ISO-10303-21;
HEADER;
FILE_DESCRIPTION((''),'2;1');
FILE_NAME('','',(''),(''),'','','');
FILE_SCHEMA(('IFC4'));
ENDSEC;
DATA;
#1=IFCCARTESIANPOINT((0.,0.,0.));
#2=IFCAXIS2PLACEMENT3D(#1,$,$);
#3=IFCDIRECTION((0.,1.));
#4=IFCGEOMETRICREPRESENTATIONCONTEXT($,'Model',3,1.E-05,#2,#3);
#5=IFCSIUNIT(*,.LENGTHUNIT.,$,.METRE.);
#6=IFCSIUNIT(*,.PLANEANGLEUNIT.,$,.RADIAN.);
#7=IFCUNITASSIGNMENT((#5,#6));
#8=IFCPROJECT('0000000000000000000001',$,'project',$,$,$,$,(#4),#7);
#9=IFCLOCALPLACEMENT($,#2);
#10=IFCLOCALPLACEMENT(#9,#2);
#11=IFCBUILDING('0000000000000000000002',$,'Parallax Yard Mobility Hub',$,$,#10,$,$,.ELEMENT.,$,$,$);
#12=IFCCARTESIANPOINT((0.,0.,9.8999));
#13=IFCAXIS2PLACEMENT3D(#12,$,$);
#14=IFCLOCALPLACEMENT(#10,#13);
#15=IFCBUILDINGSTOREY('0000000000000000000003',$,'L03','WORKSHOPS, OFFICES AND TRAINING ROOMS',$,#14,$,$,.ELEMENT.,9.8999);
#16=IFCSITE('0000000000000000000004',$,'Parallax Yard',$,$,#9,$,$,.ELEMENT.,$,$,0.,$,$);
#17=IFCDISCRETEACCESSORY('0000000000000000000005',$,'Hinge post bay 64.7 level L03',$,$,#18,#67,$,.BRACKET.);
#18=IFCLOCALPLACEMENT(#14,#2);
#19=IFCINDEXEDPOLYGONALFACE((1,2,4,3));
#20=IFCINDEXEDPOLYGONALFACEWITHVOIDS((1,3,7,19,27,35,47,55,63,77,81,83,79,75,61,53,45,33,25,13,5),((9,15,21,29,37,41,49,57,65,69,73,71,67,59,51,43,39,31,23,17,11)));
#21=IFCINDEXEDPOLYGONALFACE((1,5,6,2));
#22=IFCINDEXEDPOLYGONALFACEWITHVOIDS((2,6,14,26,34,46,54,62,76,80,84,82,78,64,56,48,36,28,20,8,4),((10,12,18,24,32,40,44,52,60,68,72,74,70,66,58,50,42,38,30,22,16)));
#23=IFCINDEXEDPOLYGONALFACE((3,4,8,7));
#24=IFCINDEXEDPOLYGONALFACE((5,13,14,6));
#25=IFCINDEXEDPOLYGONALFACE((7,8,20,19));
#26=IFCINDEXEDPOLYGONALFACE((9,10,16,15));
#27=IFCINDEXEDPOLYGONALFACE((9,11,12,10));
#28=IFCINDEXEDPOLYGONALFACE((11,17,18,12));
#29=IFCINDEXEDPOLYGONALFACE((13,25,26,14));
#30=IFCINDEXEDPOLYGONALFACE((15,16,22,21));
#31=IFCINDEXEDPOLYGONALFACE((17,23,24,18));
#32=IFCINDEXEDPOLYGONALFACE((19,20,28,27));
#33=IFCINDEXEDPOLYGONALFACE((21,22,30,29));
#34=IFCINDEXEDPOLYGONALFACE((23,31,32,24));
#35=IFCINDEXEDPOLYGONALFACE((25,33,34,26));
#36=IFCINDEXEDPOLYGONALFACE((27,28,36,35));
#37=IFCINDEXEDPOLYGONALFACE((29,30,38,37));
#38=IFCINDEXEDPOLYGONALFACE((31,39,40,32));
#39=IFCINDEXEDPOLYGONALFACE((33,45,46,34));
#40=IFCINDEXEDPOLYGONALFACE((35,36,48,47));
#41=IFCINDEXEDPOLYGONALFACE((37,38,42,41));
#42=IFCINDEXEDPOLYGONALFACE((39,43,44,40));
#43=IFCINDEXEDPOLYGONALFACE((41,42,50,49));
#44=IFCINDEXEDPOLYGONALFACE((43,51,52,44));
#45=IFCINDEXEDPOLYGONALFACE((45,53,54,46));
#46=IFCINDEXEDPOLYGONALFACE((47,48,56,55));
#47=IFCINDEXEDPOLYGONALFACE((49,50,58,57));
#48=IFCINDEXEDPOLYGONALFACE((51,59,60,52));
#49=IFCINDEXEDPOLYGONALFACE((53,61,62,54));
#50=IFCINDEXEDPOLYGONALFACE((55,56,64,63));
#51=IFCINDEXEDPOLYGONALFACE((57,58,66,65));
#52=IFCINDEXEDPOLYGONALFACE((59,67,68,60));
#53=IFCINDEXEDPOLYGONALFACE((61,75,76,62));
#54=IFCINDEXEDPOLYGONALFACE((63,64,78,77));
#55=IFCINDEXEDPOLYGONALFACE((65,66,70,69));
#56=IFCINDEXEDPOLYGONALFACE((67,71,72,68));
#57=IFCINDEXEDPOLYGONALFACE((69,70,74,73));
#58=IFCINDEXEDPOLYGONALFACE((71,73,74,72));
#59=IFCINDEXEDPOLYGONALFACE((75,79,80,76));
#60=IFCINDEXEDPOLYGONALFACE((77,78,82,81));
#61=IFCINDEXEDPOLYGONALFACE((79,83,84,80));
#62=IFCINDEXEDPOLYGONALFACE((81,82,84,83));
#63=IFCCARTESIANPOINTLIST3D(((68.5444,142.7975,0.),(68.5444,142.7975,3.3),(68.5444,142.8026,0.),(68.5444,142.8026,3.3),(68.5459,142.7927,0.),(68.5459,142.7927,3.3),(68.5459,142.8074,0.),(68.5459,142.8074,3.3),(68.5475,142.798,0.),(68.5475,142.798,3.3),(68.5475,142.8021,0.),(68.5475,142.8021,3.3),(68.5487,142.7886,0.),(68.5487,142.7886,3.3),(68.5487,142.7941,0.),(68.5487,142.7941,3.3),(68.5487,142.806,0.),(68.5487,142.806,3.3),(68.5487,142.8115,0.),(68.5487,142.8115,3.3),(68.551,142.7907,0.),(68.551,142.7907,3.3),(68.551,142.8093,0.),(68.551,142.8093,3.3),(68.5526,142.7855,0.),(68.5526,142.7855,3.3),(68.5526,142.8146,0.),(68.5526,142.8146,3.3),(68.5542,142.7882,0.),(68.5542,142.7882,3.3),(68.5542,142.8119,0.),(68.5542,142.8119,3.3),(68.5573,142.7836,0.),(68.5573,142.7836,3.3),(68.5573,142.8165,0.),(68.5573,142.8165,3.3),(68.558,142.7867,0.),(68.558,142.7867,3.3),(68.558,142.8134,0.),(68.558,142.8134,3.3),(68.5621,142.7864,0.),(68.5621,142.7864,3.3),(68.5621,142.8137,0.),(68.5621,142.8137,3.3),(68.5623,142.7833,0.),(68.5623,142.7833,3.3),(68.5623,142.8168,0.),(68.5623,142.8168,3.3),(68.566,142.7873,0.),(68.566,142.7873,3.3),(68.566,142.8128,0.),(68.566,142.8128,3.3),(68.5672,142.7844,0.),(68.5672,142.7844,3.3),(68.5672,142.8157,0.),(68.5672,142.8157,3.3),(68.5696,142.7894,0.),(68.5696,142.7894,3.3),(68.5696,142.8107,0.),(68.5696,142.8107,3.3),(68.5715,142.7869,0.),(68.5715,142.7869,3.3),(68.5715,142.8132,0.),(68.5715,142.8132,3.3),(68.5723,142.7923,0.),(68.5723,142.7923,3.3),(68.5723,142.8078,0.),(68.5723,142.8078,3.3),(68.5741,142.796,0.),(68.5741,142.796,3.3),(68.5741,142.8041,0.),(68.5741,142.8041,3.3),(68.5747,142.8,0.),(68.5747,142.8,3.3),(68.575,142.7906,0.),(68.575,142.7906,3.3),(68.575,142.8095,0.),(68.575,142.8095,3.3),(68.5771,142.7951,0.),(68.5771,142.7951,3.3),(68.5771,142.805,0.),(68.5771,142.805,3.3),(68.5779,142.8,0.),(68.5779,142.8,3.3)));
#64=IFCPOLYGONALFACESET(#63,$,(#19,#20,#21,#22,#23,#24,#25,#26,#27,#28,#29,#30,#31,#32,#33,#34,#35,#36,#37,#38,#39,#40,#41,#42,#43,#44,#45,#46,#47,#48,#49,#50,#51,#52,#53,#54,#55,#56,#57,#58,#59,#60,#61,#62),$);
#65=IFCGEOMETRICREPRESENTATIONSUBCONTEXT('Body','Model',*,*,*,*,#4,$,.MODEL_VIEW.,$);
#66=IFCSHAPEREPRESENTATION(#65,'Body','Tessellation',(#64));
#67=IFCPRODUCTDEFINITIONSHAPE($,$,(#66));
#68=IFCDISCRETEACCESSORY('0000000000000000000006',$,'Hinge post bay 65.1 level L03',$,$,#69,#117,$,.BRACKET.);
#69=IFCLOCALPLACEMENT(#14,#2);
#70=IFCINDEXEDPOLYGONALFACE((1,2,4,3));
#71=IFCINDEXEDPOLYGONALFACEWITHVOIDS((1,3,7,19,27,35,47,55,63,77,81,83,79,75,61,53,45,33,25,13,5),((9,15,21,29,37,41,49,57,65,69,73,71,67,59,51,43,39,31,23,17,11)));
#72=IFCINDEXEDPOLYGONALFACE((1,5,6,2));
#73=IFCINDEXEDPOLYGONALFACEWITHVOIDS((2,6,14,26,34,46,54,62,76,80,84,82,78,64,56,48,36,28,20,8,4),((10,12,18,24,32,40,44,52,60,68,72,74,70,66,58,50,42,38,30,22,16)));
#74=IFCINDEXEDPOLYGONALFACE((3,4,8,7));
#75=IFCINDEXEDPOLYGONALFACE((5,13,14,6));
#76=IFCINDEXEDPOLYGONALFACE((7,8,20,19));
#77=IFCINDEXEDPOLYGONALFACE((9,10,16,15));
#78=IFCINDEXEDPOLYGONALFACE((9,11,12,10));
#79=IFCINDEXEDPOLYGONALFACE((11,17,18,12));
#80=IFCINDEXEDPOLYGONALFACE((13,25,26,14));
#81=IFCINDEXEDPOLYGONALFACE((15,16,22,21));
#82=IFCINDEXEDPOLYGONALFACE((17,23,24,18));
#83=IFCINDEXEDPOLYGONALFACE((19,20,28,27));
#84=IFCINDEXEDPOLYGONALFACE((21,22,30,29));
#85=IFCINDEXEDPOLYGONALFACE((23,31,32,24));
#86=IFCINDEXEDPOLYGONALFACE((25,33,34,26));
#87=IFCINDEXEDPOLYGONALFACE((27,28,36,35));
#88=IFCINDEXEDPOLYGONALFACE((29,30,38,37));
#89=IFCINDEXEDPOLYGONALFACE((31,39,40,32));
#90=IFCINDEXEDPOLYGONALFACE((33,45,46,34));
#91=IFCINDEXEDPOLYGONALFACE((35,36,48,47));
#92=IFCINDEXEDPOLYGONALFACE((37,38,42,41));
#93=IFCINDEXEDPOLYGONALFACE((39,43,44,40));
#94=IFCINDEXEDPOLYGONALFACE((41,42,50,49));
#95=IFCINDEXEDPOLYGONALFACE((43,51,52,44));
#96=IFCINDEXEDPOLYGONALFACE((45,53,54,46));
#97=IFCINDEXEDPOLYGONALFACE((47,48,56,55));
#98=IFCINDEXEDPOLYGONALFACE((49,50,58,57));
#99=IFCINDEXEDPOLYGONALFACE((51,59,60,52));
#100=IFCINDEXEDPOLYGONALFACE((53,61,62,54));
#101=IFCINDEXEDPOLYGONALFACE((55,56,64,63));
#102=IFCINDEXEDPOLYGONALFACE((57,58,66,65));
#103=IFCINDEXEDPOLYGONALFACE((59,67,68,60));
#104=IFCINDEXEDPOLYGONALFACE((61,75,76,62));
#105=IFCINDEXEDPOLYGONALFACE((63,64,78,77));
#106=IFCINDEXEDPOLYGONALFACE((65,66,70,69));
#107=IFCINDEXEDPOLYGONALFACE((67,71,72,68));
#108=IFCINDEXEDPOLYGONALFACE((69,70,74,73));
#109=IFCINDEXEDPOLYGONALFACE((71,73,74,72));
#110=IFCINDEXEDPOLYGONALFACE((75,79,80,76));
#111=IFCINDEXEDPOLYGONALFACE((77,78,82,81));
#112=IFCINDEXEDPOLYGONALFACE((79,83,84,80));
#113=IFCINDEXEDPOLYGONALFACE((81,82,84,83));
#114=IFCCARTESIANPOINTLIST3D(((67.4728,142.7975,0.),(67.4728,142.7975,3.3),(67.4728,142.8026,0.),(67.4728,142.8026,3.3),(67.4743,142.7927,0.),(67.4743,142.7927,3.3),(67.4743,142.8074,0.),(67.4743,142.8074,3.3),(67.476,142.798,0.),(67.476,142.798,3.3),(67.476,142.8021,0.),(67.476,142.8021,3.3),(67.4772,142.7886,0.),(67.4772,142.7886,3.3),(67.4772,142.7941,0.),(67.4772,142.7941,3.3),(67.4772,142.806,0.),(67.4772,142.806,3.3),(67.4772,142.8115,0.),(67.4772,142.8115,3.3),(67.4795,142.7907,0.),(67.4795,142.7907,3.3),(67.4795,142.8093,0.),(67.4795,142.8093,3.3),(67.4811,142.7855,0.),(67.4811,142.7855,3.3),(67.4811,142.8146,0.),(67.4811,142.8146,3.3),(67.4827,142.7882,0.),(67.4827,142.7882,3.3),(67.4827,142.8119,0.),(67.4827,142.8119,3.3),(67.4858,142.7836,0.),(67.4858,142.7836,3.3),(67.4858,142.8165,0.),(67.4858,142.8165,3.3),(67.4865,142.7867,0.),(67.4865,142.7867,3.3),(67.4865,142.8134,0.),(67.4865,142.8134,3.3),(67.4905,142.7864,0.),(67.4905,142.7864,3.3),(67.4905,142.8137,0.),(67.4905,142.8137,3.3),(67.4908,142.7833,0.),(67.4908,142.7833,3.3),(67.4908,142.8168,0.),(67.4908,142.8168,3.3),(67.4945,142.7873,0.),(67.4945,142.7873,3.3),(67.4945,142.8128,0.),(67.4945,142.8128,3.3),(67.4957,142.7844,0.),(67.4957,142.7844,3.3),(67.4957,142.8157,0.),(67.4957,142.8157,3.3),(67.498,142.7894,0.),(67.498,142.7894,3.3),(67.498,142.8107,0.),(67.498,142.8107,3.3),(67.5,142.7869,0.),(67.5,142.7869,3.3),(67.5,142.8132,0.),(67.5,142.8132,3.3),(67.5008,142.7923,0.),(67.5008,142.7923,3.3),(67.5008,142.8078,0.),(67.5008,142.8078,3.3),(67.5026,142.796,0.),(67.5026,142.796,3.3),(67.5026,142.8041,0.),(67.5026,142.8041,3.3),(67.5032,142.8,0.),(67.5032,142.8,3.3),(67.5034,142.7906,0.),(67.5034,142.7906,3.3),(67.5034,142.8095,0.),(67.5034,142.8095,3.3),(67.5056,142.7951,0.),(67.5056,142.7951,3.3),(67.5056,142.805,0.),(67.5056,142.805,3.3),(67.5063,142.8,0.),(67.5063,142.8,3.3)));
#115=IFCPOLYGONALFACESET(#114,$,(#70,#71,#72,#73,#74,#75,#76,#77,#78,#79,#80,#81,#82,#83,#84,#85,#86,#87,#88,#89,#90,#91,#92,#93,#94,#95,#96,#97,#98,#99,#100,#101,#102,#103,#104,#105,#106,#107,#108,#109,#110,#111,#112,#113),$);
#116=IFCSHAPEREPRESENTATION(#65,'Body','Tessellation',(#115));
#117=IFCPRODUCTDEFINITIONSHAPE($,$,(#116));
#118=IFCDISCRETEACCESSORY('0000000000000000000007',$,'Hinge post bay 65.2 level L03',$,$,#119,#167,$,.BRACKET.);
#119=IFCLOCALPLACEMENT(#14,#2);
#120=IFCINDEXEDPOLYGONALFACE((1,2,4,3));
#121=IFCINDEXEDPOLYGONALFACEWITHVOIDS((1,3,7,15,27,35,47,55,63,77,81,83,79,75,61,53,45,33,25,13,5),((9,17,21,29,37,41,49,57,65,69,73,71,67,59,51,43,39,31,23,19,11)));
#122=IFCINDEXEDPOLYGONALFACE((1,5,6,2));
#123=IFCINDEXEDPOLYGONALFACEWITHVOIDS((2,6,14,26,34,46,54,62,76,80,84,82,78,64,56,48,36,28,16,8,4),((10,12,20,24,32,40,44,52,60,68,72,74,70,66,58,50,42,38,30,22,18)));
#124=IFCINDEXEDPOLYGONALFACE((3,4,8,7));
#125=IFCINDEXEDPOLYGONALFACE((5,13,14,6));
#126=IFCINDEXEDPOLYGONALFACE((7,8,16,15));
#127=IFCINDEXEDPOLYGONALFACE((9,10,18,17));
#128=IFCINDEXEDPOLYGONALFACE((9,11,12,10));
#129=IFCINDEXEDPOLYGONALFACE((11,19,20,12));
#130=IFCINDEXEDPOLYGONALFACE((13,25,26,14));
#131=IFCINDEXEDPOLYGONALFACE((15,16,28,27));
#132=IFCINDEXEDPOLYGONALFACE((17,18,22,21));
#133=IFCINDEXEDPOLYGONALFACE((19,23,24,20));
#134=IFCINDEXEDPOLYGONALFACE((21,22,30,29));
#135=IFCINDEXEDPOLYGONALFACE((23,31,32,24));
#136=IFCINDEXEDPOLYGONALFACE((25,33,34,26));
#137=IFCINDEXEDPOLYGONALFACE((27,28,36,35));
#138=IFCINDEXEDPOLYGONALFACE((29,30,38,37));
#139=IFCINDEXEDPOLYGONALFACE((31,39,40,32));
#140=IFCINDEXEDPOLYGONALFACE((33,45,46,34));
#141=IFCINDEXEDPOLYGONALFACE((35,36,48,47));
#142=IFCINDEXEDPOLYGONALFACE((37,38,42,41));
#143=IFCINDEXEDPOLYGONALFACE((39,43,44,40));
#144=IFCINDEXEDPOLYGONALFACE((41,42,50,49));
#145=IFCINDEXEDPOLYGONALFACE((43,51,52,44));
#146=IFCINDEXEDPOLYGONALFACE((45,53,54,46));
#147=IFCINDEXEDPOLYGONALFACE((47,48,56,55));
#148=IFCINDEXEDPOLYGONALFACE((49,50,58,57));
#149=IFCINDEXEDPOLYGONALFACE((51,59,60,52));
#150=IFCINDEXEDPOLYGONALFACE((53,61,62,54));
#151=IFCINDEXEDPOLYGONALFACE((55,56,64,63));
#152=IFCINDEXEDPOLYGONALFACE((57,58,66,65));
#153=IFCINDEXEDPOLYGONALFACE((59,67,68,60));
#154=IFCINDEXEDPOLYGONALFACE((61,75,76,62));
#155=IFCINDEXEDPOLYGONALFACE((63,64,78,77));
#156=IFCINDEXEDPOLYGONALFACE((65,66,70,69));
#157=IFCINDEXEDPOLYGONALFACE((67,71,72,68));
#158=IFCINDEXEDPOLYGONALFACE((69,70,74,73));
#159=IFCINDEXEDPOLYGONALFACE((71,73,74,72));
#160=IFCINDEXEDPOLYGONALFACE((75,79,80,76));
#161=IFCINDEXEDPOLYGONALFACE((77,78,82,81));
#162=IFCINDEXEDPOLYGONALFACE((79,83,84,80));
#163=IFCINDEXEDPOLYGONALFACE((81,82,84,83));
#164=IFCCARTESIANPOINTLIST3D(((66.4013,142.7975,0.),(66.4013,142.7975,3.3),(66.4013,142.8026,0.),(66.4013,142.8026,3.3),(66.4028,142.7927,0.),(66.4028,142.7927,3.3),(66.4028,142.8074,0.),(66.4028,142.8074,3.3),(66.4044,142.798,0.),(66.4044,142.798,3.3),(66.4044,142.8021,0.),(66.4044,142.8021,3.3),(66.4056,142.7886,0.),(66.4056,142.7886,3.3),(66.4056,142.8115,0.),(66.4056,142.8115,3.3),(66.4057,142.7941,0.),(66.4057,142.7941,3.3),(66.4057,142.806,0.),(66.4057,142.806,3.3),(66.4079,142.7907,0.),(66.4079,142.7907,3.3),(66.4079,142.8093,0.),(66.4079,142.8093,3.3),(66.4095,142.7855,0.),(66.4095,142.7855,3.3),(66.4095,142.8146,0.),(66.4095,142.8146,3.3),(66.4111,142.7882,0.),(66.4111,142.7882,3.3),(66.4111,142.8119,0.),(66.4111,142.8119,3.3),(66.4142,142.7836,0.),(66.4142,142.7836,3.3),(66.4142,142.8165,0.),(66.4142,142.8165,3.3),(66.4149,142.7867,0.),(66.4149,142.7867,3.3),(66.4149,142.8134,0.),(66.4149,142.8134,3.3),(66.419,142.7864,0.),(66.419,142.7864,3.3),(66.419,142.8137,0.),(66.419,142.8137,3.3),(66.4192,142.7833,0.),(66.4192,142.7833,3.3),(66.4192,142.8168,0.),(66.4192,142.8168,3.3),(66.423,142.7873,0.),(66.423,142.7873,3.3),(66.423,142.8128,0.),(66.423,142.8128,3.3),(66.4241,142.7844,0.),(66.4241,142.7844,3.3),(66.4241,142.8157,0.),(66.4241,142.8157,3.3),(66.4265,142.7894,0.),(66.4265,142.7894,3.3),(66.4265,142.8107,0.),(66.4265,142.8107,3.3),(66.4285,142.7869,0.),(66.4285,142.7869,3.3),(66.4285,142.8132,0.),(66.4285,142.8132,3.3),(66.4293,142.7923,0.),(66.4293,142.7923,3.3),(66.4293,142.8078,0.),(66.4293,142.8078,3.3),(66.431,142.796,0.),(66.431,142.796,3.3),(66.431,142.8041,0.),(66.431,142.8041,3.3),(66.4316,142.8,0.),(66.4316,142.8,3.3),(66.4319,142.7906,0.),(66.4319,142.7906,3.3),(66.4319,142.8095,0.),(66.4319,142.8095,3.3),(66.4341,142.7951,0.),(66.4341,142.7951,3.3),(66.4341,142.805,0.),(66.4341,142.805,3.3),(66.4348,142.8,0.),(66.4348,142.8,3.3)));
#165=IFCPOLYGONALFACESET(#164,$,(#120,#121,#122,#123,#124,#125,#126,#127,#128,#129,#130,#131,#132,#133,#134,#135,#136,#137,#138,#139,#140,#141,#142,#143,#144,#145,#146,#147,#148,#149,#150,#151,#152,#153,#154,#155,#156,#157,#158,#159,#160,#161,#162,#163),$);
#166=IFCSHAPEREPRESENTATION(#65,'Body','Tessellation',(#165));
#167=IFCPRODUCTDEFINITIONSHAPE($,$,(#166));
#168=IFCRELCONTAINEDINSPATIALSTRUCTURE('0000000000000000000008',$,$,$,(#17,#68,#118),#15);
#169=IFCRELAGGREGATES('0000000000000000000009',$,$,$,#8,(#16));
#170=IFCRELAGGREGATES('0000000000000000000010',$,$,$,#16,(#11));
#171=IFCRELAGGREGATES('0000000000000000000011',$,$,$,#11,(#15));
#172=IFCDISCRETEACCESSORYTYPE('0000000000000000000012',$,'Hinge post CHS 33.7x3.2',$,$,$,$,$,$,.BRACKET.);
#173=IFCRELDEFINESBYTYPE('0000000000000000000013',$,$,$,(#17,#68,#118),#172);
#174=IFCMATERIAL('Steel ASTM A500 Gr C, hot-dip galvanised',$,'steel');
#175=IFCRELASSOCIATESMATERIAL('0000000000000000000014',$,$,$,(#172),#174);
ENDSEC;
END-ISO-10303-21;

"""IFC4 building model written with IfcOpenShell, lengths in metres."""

from ifc_helpers import new_model, si_unit, direction, frame, origin, origin_2d, place, context, subcontext, project, spatial, hollow_circle, extrude, material, material_profile, profile_set, type_object, element, save


model = new_model("IFC4")

# Units and contexts
model_context = context("Model", 3, precision=1e-05, world=origin(), true_north=direction((0.0, 1.0)))
body_context = subcontext(model_context, "Body", "Model", "MODEL_VIEW")
ifc_project = project(units=[si_unit("LENGTHUNIT", "METRE"), si_unit("PLANEANGLEUNIT", "RADIAN")], contexts=[model_context])

# Site, building, storey
site_placement = place(None, origin())
site = spatial("IfcSite", under=ifc_project, at=site_placement, Name="Parallax Yard", CompositionType="ELEMENT", RefElevation=0.0)
building_placement = place(site_placement, origin())
building = spatial("IfcBuilding", under=site, at=building_placement, Name="Parallax Yard Mobility Hub", CompositionType="ELEMENT")
storey_placement = place(building_placement, frame((0.0, 0.0, 9.8999)))
storey = spatial("IfcBuildingStorey", under=building, at=storey_placement, Name="L03", Description="WORKSHOPS, OFFICES AND TRAINING ROOMS", CompositionType="ELEMENT", Elevation=9.8999)

# Discrete accessories
ifc_material_1 = material(Name="Steel ASTM A500 Gr C, hot-dip galvanised", Category="steel")
ifc_material_profile = material_profile(ifc_material_1, hollow_circle(Radius=0.0168, WallThickness=0.0032, at=origin_2d()), Name="CHS 33.7x3.2")
ifc_profile_set = profile_set([ifc_material_profile], Name="Steel ASTM A500 Gr C, hot-dip galvanised")
discrete_accessory_type = type_object("IfcDiscreteAccessoryType", Name="Hinge post CHS 33.7x3.2", PredefinedType="BRACKET", material=ifc_profile_set)
for number, where, z_axis, x_axis, name in (
    (1, (68.561, 142.8, 0.0), (0.0, 0.0, 1.0), (1.0, 0.0, 0.0), "Hinge post bay 64.7 level L03"),
    (2, (67.4895, 142.8, 0.0), (0.0, 0.0, 1.0), (1.0, 0.0, 0.0), "Hinge post bay 65.1 level L03"),
    (3, (66.418, 142.8, 0.0), (0.0, 0.0, 1.0), (1.0, 0.0, 0.0), "Hinge post bay 65.2 level L03"),
):
    element("IfcDiscreteAccessory", number, at=place(storey_placement, frame(where, z_axis=z_axis, x_axis=x_axis)), inside=storey, type_object=discrete_accessory_type, Name=name, PredefinedType="BRACKET", context=body_context, shape_type="SweptSolid", body=[
        extrude(hollow_circle(Radius=0.0168, WallThickness=0.0032, at=origin_2d()), origin(), (0.0, 0.0, 1.0), 3.3),
    ])

save(model, "model.ifc")
